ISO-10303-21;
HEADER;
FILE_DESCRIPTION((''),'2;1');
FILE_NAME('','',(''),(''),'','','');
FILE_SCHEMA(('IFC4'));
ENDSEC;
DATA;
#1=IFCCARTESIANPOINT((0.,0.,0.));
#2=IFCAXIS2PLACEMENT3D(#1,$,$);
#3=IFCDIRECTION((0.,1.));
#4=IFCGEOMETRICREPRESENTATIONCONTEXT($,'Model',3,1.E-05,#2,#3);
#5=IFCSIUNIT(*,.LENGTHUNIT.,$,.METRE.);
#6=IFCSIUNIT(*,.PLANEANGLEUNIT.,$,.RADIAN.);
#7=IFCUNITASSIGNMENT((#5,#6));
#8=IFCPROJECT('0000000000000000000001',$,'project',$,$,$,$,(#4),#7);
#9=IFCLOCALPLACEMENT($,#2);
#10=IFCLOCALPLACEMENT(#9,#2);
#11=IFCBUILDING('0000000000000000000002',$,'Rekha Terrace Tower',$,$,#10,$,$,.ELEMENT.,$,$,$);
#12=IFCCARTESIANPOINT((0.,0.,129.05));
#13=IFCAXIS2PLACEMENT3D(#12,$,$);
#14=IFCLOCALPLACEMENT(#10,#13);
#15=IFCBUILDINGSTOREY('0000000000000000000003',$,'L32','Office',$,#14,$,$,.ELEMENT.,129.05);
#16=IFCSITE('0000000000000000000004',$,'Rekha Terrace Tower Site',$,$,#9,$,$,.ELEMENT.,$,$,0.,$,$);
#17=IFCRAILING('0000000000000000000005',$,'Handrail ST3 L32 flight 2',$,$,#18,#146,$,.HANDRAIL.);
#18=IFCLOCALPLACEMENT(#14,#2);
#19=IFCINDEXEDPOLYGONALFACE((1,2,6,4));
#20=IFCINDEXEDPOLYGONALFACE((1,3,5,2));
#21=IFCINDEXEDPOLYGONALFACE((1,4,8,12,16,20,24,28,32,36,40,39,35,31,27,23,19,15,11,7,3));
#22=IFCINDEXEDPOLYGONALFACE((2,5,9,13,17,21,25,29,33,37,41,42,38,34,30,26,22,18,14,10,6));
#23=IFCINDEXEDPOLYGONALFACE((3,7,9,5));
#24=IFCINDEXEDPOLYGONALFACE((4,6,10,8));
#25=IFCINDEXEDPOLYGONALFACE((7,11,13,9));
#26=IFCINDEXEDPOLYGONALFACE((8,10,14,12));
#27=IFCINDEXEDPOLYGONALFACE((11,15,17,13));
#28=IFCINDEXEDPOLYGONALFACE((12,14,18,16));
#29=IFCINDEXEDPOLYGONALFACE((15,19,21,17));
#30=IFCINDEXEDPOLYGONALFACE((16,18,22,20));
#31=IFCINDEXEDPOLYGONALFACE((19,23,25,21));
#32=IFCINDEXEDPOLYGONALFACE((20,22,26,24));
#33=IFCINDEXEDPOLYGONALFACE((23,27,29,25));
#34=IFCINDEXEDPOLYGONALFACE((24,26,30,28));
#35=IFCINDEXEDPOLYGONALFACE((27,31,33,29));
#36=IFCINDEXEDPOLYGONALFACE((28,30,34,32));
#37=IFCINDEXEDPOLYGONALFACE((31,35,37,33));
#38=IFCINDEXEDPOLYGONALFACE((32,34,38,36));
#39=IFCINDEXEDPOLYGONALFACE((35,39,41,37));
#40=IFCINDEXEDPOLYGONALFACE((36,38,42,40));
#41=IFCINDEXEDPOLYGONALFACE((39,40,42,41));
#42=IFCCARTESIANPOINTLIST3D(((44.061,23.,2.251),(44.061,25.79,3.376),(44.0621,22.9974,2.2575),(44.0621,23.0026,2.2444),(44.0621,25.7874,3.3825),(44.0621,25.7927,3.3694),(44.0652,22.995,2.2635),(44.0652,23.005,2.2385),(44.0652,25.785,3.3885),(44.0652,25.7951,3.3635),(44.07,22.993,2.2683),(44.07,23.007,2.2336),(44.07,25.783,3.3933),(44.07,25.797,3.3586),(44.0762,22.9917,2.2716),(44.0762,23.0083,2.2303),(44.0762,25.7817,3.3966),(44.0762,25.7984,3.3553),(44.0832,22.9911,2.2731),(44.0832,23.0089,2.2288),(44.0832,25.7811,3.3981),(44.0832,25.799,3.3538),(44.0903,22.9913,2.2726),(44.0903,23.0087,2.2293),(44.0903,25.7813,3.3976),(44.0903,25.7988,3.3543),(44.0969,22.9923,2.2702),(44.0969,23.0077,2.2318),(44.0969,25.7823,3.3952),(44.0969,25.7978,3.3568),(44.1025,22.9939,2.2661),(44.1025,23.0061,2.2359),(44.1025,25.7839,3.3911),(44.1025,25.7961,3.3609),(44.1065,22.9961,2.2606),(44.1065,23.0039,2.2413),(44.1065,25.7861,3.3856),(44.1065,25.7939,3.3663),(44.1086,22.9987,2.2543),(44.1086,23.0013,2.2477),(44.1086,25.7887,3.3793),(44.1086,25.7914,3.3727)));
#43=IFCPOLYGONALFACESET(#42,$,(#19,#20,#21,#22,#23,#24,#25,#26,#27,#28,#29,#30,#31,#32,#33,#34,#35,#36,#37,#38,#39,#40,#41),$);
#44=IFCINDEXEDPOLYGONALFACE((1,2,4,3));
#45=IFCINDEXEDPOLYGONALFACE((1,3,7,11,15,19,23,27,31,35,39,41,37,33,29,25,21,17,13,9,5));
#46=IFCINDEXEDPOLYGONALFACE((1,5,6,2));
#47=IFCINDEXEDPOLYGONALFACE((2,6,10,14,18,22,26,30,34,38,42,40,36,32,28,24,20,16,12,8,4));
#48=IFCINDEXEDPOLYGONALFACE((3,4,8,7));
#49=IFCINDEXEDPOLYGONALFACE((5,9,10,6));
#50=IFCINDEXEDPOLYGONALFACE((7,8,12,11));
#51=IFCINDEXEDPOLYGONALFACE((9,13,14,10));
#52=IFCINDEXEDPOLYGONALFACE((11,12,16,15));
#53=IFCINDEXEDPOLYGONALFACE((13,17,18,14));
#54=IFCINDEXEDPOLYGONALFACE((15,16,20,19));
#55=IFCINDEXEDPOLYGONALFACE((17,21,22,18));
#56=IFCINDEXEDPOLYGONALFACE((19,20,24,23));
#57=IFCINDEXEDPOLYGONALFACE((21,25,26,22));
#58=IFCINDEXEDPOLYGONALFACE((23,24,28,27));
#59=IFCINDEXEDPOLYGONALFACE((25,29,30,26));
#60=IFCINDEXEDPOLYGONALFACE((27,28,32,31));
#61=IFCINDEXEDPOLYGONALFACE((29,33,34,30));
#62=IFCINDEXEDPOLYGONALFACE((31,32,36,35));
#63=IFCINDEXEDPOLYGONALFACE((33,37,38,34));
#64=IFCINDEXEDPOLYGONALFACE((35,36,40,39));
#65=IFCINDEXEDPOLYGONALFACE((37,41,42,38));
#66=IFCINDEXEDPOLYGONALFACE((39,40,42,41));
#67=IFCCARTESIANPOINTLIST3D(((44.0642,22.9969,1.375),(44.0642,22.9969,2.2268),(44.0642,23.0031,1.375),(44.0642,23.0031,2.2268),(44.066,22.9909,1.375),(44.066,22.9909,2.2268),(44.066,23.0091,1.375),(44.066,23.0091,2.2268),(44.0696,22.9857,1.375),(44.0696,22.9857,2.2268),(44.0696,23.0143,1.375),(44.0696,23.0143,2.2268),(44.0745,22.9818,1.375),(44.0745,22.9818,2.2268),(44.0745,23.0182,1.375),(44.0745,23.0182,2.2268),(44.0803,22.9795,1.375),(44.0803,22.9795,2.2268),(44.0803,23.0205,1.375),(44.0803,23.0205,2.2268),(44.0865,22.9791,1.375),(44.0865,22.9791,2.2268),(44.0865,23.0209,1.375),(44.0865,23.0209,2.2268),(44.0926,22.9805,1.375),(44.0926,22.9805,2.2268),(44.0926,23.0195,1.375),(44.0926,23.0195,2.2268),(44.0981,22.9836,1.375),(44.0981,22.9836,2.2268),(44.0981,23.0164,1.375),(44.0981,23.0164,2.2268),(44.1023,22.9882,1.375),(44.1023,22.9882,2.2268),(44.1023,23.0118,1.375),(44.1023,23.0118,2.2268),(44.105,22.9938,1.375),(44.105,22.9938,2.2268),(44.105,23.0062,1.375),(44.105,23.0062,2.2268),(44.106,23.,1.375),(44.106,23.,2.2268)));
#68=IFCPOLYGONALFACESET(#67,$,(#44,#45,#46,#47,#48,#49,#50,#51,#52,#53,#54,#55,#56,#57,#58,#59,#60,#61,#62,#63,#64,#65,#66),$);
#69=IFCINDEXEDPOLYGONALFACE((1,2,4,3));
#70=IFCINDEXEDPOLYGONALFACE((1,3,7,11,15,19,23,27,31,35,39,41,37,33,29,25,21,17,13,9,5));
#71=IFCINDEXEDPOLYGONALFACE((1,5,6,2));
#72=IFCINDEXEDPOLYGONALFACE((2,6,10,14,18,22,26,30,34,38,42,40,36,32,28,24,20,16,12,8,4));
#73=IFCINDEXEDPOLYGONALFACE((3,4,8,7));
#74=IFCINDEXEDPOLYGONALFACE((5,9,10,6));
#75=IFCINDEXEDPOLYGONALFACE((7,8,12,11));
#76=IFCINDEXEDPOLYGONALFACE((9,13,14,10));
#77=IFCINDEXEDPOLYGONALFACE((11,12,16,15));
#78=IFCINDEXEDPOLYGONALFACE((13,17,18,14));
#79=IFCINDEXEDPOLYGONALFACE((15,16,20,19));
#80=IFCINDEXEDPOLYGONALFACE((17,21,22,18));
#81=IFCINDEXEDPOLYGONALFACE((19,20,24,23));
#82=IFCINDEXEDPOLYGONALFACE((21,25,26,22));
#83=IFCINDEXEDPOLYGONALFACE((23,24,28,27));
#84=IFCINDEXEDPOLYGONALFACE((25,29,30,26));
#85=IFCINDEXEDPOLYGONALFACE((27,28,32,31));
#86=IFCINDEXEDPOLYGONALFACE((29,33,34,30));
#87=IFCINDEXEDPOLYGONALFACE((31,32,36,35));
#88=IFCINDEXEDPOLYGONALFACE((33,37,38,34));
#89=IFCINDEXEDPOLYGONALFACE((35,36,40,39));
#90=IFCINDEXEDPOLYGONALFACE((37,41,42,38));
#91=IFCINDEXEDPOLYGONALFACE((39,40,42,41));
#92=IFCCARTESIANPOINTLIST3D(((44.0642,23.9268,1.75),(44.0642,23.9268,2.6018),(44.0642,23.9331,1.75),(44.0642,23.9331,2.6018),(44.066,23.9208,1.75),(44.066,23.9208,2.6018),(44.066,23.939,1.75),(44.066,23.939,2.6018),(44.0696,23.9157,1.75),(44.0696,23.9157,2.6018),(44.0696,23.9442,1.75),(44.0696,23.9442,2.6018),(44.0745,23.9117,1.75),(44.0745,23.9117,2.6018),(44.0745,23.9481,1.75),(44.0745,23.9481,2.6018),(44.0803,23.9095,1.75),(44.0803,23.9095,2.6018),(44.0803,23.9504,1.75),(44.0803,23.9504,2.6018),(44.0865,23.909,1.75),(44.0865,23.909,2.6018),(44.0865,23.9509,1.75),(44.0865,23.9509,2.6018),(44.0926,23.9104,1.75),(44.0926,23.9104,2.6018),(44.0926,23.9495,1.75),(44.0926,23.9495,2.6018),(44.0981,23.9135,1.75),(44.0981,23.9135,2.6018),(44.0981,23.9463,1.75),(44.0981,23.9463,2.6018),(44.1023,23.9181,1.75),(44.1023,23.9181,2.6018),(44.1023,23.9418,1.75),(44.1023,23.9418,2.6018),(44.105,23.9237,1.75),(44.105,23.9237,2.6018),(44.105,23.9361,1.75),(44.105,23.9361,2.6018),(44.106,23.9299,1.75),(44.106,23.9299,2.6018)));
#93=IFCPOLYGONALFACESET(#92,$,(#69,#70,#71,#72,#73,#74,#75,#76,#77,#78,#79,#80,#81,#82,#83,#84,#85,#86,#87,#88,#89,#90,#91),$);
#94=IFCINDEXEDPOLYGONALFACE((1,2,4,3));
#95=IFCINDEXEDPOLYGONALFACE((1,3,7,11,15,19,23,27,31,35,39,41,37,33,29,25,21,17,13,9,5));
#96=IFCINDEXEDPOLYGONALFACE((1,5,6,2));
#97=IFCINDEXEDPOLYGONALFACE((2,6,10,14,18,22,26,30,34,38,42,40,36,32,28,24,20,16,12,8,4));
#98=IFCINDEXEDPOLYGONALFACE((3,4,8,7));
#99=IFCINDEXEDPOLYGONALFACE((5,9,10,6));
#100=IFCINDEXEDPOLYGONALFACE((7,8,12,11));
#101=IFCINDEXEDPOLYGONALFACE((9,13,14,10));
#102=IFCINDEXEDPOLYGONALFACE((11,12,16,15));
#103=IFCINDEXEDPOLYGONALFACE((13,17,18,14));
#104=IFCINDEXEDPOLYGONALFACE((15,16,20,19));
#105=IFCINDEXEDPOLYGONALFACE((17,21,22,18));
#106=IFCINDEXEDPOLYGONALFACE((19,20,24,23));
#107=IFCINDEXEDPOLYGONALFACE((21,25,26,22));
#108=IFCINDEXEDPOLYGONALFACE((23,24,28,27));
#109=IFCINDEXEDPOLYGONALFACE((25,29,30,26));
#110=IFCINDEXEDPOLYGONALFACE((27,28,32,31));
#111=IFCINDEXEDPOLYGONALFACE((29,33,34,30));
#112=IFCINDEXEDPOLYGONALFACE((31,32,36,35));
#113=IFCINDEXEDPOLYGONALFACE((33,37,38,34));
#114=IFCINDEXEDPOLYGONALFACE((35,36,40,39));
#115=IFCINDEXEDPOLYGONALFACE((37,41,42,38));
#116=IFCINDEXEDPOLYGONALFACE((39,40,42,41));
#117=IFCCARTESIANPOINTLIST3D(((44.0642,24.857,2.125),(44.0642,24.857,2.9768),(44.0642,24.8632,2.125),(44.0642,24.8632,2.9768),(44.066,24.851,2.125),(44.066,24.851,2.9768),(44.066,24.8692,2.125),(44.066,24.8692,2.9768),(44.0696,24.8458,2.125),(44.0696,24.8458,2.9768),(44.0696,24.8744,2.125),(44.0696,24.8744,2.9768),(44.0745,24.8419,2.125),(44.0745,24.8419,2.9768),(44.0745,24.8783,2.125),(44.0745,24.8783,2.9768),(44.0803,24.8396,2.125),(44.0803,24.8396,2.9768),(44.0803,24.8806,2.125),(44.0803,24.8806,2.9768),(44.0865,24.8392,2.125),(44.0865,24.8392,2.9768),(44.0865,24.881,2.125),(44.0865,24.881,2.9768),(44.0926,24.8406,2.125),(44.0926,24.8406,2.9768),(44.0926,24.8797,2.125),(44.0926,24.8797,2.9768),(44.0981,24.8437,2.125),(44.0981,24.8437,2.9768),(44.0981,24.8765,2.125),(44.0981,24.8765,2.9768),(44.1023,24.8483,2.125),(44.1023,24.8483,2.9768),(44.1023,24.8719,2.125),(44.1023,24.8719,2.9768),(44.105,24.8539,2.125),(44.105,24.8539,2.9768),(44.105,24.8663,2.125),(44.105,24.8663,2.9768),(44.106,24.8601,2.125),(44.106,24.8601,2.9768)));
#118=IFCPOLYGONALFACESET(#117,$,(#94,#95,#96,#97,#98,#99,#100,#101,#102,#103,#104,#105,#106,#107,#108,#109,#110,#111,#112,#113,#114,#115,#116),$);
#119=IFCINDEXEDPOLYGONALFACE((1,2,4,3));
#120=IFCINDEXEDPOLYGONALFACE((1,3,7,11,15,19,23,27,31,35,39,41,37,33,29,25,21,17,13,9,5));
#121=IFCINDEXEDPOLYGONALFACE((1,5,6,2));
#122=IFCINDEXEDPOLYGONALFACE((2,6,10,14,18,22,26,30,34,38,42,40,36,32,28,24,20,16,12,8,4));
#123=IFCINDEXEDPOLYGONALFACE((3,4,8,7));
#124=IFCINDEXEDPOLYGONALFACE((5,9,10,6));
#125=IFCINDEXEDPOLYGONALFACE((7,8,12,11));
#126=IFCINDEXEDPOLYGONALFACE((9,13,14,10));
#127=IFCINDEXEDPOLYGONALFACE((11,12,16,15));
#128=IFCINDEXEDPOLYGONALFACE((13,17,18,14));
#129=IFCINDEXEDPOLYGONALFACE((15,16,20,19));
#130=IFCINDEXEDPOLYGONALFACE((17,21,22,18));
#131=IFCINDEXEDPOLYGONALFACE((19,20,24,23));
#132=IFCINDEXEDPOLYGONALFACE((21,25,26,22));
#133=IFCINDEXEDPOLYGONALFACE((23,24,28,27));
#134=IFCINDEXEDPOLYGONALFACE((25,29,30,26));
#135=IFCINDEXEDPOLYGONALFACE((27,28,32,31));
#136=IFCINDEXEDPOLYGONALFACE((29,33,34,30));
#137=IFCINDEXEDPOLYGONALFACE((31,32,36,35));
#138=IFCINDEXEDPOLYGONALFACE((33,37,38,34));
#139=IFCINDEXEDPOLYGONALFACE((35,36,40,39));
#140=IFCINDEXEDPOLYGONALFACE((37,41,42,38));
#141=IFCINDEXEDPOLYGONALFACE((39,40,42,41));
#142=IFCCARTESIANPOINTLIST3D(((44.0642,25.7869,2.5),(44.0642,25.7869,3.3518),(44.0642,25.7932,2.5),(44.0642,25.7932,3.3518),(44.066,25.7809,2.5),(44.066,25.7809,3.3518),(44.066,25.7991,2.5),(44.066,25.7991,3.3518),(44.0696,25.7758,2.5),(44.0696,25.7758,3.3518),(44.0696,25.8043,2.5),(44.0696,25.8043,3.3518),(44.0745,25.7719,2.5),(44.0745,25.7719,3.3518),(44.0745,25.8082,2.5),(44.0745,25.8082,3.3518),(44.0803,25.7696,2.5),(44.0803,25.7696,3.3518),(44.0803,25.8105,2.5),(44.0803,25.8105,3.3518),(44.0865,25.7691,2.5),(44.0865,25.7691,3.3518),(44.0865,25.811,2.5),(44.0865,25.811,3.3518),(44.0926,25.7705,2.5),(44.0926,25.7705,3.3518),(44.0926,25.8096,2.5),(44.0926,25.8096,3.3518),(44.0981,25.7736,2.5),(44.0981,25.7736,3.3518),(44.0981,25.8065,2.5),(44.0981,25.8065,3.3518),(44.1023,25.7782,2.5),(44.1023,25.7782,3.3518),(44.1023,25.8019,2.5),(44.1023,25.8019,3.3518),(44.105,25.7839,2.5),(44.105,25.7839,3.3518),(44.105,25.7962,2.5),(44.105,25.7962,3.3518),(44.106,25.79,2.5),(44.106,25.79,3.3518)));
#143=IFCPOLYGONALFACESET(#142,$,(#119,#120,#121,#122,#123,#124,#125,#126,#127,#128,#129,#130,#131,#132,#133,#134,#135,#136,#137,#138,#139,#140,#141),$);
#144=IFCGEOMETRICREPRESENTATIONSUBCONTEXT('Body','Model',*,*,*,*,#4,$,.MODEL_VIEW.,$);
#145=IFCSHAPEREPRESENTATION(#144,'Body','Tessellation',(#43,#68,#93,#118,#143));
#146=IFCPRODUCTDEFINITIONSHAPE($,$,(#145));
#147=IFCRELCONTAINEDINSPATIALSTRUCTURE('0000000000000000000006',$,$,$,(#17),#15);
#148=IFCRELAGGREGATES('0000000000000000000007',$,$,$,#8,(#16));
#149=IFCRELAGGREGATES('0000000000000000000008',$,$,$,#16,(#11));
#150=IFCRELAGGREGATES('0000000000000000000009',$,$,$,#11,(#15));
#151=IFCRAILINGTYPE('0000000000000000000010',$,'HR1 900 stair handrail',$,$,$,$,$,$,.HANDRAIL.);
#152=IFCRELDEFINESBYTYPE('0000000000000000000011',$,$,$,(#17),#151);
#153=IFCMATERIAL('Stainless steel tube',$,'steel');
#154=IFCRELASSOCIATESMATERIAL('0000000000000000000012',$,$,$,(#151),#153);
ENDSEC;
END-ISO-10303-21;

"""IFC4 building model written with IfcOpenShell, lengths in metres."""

from ifc_helpers import new_model, si_unit, direction, frame, origin, origin_2d, place, context, subcontext, project, spatial, circle, extrude, material, type_object, element, save


model = new_model("IFC4")

# Units and contexts
model_context = context("Model", 3, precision=1e-05, world=origin(), true_north=direction((0.0, 1.0)))
body_context = subcontext(model_context, "Body", "Model", "MODEL_VIEW")
ifc_project = project(units=[si_unit("LENGTHUNIT", "METRE"), si_unit("PLANEANGLEUNIT", "RADIAN")], contexts=[model_context])

# Site, building, storey
site_placement = place(None, origin())
site = spatial("IfcSite", under=ifc_project, at=site_placement, Name="Rekha Terrace Tower Site", CompositionType="ELEMENT", RefElevation=0.0)
building_placement = place(site_placement, origin())
building = spatial("IfcBuilding", under=site, at=building_placement, Name="Rekha Terrace Tower", CompositionType="ELEMENT")
storey_placement = place(building_placement, frame((0.0, 0.0, 129.05)))
storey = spatial("IfcBuildingStorey", under=building, at=storey_placement, Name="L32", Description="Office", CompositionType="ELEMENT", Elevation=129.05)

# Railing
ifc_material_1 = material(Name="Stainless steel tube", Category="steel")
railing_type_1 = type_object("IfcRailingType", Name="HR1 900 stair handrail", PredefinedType="HANDRAIL", material=ifc_material_1)
railing_1_placement = place(storey_placement, frame((44.085, 23.0, 1.375)))
element("IfcRailing", 1, at=railing_1_placement, inside=storey, type_object=railing_type_1, Name="Handrail ST3 L32 flight 2", PredefinedType="HANDRAIL", context=body_context, shape_type="SweptSolid", body=[
    extrude(circle(Radius=0.0239, at=origin_2d()), frame((0.0, 0.0, 0.876), z_axis=(0.0, 0.927443, 0.373964), x_axis=(-1.0, 0.0, 0.0)), (0.0, 0.0, 1.0), 3.0083),
    extrude(circle(Radius=0.021, at=origin_2d()), origin(), (0.0, 0.0, 1.0), 0.8518),
    extrude(circle(Radius=0.021, at=origin_2d()), frame((0.0, 0.9299, 0.375)), (0.0, 0.0, 1.0), 0.8518),
    extrude(circle(Radius=0.021, at=origin_2d()), frame((0.0, 1.8601, 0.75)), (0.0, 0.0, 1.0), 0.8518),
    extrude(circle(Radius=0.021, at=origin_2d()), frame((0.0, 2.79, 1.125)), (0.0, 0.0, 1.0), 0.8518),
])

save(model, "model.ifc")
